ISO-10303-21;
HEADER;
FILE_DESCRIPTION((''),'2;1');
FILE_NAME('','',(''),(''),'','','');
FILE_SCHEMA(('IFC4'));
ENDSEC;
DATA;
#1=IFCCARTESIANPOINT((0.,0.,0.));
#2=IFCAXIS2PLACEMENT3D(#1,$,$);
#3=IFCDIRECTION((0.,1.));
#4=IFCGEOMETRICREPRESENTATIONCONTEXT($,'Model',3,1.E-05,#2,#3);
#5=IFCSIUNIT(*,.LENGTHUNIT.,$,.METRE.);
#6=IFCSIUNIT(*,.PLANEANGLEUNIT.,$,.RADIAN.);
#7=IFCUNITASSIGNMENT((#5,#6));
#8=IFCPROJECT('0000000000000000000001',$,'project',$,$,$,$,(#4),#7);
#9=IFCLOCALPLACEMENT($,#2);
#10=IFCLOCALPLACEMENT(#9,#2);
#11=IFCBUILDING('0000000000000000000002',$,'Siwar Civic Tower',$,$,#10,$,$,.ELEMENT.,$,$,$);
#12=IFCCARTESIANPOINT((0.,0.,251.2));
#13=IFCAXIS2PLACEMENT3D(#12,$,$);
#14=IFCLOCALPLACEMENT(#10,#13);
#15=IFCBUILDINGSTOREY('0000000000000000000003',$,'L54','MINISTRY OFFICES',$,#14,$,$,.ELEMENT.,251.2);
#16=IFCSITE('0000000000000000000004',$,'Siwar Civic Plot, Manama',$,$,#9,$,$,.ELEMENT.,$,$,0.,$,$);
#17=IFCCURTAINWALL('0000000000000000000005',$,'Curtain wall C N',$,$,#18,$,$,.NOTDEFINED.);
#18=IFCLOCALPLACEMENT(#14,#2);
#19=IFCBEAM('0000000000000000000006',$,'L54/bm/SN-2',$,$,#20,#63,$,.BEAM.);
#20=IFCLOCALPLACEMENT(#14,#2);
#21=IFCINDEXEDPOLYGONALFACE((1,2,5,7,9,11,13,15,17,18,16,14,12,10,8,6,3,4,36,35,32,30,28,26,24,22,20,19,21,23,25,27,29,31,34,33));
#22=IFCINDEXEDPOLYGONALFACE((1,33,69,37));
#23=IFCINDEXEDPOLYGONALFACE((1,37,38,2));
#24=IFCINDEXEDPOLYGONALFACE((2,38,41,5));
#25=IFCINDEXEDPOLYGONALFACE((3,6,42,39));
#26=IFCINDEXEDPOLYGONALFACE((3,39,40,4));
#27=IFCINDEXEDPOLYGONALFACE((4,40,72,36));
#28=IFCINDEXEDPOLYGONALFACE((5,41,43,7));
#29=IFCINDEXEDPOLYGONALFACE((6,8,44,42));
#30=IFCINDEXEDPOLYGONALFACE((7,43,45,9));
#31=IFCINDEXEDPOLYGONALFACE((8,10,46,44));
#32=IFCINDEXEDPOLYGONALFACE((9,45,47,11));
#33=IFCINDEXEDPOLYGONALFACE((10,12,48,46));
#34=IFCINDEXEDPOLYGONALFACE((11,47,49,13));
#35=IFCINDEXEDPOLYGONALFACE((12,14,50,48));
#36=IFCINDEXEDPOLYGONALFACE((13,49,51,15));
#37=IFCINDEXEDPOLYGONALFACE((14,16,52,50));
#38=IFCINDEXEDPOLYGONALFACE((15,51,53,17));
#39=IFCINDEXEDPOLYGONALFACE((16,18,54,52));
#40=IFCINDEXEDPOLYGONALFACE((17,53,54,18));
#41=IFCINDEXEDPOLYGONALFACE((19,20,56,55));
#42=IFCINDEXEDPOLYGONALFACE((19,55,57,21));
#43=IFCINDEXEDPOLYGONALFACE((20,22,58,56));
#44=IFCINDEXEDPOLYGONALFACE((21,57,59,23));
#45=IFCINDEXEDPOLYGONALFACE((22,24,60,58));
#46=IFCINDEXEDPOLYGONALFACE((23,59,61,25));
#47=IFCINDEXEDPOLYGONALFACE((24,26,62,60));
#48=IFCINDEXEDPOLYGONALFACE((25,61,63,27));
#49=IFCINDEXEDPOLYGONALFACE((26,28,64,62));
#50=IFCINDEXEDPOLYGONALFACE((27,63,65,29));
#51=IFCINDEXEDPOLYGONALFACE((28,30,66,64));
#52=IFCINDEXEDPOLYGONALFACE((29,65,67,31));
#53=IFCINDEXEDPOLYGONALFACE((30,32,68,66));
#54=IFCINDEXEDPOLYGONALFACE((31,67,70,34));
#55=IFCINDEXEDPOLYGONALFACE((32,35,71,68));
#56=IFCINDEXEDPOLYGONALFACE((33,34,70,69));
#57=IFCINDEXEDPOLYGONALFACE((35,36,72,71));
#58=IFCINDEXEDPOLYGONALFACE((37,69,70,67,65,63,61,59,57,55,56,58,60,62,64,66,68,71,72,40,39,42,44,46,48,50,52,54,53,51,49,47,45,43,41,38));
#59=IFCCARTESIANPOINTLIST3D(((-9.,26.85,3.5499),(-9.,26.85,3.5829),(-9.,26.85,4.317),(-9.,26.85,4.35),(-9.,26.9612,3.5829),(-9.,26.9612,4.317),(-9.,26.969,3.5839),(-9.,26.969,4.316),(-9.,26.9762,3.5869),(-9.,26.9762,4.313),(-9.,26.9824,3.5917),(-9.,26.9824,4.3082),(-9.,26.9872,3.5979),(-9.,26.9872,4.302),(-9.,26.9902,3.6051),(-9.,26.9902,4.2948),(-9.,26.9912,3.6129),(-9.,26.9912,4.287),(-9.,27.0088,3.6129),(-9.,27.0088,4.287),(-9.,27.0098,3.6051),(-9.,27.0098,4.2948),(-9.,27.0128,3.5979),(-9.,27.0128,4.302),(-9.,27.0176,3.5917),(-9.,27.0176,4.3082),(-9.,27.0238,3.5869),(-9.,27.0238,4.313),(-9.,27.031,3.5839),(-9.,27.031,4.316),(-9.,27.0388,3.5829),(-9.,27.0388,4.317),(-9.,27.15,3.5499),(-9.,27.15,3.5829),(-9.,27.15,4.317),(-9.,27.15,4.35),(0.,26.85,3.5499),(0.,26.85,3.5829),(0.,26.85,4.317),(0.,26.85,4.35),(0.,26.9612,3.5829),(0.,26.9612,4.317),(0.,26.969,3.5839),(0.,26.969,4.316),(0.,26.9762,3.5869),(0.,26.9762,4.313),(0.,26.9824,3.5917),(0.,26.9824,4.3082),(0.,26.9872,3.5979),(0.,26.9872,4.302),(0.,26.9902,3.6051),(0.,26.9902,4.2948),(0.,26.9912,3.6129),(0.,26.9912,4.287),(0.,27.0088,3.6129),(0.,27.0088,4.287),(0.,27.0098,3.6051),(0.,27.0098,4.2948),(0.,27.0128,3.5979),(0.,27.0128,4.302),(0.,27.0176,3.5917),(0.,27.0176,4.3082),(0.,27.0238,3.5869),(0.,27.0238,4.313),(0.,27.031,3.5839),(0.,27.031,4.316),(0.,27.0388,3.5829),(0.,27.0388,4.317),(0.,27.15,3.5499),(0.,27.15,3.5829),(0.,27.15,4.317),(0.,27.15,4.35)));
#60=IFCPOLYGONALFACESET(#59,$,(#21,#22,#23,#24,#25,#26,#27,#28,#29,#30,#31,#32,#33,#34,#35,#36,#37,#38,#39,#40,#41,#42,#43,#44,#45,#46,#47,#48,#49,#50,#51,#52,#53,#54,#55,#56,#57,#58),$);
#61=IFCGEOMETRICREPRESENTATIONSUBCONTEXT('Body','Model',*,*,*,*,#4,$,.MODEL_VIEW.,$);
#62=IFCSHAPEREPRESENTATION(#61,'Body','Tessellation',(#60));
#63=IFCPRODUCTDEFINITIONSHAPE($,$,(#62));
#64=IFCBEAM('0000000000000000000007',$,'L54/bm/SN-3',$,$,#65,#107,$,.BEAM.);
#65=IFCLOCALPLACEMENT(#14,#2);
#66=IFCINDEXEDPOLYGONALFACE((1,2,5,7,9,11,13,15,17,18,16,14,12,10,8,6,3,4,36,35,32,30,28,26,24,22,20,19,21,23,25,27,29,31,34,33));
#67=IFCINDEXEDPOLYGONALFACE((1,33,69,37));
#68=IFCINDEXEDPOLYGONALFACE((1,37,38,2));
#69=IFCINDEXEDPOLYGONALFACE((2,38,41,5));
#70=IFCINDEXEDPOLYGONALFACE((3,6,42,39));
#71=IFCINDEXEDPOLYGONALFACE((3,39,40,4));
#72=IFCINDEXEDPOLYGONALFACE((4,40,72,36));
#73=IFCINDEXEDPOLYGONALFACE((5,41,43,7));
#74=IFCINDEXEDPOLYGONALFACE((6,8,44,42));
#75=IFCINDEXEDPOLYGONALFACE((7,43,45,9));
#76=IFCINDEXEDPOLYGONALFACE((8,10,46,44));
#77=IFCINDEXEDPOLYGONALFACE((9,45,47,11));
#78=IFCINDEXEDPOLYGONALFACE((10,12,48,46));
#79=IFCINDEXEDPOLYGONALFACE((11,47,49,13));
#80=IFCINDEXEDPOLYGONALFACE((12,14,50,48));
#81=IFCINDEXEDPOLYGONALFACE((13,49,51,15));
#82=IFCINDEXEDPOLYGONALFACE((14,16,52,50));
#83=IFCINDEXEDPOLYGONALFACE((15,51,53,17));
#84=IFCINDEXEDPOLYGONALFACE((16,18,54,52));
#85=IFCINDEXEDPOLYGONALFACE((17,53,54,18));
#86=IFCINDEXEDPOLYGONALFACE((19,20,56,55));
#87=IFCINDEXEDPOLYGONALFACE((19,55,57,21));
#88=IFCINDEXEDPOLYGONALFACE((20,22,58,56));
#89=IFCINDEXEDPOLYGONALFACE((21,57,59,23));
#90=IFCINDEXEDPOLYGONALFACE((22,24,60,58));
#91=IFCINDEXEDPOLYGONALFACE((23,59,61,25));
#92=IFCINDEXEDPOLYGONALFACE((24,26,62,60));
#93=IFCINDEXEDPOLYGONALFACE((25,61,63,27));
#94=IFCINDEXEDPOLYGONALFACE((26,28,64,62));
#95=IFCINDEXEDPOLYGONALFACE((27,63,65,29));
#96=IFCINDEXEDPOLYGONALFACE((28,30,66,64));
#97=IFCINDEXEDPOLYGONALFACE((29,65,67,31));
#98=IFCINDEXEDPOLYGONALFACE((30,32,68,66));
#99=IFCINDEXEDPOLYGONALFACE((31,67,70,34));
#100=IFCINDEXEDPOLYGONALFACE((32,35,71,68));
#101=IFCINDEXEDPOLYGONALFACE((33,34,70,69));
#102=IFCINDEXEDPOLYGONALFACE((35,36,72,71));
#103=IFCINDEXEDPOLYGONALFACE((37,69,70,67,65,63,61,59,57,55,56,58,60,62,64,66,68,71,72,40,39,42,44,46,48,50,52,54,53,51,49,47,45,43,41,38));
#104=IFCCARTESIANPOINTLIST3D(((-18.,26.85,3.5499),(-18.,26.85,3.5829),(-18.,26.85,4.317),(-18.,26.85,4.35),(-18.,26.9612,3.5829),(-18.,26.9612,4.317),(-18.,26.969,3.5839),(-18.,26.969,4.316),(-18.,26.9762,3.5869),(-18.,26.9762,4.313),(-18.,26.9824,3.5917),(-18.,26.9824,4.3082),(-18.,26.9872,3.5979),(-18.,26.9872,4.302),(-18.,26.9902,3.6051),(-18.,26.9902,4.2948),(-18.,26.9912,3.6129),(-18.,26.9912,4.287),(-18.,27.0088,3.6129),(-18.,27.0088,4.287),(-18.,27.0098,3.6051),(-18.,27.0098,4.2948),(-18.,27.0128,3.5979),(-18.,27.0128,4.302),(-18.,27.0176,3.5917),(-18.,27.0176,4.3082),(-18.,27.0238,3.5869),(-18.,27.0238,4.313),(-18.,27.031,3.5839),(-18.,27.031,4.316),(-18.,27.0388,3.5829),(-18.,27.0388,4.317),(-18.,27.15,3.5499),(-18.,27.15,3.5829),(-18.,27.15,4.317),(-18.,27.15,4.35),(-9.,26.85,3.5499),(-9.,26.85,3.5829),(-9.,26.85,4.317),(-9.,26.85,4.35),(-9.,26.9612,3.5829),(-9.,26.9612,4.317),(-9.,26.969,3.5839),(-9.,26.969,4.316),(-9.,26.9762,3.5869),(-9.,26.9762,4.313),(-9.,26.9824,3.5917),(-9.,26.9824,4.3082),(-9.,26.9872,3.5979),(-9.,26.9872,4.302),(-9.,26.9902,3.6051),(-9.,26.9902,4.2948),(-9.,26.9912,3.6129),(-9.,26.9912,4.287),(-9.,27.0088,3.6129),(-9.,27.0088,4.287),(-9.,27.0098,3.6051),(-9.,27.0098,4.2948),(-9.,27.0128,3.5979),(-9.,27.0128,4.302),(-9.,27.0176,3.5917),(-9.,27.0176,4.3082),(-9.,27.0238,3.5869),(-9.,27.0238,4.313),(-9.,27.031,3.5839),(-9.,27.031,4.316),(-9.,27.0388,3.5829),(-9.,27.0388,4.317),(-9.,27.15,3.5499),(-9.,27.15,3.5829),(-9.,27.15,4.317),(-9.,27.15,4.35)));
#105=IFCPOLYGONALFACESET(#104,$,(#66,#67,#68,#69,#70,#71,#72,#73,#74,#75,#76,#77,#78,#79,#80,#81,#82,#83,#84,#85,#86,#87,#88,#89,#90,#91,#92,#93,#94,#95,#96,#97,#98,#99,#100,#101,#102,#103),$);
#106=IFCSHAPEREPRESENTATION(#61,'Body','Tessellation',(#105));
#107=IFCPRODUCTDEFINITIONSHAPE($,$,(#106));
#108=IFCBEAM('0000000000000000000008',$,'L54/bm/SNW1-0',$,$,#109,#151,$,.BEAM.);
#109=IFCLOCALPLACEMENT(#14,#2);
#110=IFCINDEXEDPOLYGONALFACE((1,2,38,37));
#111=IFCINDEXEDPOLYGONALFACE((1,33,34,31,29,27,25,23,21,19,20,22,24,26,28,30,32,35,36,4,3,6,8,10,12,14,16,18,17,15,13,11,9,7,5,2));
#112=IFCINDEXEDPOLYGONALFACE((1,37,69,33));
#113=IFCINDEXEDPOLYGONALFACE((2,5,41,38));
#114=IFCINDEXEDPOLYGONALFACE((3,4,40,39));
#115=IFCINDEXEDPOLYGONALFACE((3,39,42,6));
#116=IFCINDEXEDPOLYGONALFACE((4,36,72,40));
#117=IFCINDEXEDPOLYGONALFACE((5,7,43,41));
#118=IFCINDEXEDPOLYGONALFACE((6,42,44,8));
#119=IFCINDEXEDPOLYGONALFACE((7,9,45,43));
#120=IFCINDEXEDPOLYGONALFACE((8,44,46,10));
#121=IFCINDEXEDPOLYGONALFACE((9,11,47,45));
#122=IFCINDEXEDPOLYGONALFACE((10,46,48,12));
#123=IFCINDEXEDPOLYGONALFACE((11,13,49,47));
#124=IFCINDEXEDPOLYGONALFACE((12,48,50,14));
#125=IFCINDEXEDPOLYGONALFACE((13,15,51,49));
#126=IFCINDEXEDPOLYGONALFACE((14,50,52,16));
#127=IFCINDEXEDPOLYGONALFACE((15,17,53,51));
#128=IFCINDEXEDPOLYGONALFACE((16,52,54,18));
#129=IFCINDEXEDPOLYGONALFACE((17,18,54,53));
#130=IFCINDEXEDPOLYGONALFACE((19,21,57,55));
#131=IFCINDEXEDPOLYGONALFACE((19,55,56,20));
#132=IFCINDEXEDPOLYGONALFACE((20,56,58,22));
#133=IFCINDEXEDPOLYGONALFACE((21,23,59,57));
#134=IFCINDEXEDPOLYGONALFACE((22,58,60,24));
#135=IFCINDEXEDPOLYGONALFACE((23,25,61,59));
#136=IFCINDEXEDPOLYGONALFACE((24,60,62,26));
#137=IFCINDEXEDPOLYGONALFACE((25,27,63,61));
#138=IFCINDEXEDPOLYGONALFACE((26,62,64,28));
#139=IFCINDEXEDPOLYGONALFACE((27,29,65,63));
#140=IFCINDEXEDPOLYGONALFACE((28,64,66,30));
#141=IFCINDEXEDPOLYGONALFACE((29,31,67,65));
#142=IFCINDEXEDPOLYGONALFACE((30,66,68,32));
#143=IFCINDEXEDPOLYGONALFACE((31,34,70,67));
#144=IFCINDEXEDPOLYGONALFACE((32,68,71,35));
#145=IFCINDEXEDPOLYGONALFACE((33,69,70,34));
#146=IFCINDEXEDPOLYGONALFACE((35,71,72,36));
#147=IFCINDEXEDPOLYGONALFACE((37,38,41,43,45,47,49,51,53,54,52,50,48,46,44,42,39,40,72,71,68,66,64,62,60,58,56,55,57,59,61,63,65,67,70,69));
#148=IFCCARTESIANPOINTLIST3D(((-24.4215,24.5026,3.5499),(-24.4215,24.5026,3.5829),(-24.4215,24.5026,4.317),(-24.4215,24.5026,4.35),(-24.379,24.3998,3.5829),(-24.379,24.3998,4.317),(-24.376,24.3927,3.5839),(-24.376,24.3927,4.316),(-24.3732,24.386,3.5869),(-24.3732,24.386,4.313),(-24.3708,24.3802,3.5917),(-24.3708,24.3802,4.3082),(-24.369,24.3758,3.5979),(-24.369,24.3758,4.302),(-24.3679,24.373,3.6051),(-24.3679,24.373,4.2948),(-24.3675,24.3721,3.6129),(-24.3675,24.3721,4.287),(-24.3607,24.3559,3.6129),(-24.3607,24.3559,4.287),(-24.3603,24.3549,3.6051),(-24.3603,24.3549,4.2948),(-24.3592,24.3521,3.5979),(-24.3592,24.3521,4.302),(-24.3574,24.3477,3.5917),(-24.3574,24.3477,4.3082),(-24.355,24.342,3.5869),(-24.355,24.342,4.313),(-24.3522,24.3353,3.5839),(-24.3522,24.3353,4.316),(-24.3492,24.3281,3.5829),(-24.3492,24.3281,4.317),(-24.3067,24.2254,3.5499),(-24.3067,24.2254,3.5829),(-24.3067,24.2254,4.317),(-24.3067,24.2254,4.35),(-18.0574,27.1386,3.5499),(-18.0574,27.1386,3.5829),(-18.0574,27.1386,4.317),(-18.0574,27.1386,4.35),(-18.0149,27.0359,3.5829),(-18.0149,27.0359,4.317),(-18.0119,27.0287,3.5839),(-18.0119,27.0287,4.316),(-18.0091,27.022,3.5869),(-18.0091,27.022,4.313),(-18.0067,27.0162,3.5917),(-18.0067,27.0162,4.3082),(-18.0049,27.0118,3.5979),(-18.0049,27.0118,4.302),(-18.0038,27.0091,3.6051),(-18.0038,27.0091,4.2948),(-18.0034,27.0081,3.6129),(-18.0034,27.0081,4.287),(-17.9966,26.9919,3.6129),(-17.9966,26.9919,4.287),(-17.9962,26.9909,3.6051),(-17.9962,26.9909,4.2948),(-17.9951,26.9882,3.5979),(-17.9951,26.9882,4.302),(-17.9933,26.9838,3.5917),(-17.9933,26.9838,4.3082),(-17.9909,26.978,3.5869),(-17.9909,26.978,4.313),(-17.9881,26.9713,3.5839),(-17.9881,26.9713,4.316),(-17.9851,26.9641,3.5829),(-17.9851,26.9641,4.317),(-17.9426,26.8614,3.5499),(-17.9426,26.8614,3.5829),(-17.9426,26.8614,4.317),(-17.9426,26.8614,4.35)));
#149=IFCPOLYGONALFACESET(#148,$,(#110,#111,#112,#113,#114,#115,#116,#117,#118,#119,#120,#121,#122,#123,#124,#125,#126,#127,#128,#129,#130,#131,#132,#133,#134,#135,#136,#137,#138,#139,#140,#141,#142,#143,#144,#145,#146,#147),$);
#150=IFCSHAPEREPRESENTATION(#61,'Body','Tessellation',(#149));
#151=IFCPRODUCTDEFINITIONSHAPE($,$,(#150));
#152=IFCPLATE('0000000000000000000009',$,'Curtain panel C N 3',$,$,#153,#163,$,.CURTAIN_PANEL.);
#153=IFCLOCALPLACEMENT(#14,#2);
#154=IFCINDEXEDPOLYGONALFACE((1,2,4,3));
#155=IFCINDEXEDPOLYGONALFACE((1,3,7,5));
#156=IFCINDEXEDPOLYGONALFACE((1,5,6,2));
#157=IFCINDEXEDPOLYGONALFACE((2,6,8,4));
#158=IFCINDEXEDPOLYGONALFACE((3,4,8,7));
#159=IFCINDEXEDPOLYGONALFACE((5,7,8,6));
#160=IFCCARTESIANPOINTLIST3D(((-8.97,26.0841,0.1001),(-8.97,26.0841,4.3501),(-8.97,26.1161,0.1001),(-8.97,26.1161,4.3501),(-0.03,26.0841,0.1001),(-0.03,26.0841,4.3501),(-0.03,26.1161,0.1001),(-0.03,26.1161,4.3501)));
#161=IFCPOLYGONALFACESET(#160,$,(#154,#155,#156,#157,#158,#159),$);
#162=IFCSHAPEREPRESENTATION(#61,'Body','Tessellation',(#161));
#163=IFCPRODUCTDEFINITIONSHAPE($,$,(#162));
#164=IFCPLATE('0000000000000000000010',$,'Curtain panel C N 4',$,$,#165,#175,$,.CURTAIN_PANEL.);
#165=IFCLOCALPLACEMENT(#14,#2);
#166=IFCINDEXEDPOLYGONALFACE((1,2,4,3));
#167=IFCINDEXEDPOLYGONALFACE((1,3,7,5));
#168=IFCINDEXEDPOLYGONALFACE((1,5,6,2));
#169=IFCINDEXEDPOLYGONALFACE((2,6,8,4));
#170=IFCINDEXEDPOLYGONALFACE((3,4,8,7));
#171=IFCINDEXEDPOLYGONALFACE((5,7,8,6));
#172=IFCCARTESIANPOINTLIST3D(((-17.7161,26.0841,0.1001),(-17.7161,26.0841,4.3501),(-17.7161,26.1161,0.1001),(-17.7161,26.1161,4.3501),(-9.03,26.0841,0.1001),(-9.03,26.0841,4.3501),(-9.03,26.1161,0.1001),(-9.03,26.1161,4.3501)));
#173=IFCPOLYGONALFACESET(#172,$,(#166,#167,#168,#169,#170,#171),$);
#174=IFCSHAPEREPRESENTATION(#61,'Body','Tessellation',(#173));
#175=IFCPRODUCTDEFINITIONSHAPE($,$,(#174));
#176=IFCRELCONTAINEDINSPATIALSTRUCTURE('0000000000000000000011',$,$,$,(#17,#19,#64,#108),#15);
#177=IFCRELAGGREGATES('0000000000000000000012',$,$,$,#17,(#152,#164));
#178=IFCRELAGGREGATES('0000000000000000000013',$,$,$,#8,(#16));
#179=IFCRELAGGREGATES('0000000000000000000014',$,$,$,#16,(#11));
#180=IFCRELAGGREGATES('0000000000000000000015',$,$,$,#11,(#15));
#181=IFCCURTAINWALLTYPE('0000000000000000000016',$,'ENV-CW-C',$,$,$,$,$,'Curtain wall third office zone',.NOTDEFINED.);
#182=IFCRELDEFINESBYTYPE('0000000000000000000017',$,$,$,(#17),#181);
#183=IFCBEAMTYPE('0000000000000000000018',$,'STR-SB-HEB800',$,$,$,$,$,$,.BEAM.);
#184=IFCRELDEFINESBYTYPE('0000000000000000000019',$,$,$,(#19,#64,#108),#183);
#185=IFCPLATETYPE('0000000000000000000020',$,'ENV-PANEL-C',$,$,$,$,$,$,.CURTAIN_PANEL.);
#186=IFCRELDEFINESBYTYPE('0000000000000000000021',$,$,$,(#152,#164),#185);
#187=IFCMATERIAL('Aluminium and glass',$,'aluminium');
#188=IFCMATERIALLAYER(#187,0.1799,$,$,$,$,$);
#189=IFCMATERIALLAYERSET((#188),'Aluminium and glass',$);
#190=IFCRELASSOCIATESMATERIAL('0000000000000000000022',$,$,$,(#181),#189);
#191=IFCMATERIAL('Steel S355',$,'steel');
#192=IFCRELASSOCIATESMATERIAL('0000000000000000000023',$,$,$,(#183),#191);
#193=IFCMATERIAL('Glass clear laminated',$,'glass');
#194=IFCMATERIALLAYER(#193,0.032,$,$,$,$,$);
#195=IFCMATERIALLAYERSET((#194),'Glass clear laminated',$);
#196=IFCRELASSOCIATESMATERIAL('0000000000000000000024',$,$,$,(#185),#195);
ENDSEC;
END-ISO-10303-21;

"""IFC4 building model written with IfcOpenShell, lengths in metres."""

from ifc_helpers import new_model, si_unit, direction, frame, origin, origin_2d, place, context, subcontext, project, spatial, rectangle, i_section, extrude, material, layer, layer_set, material_profile, profile_set, type_object, element, aggregate, save


model = new_model("IFC4")

# Units and contexts
model_context = context("Model", 3, precision=1e-05, world=origin(), true_north=direction((0.0, 1.0)))
body_context = subcontext(model_context, "Body", "Model", "MODEL_VIEW")
ifc_project = project(units=[si_unit("LENGTHUNIT", "METRE"), si_unit("PLANEANGLEUNIT", "RADIAN")], contexts=[model_context])

# Site, building, storey
site_placement = place(None, origin())
site = spatial("IfcSite", under=ifc_project, at=site_placement, Name="Siwar Civic Plot, Manama", CompositionType="ELEMENT", RefElevation=0.0)
building_placement = place(site_placement, origin())
building = spatial("IfcBuilding", under=site, at=building_placement, Name="Siwar Civic Tower", CompositionType="ELEMENT")
storey_placement = place(building_placement, frame((0.0, 0.0, 251.2)))
storey = spatial("IfcBuildingStorey", under=building, at=storey_placement, Name="L54", Description="MINISTRY OFFICES", CompositionType="ELEMENT", Elevation=251.2)

# Curtain wall
ifc_material_1 = material(Name="Aluminium and glass", Category="aluminium")
ifc_layer_1 = layer(ifc_material_1, 0.1799)
ifc_layer_set_1 = layer_set([ifc_layer_1], Name="Aluminium and glass")
curtain_wall_type_1 = type_object("IfcCurtainWallType", Name="ENV-CW-C", ElementType="Curtain wall third office zone", PredefinedType="NOTDEFINED", material=ifc_layer_set_1)
curtain_wall_1_placement = place(storey_placement, origin())
curtain_wall_1 = element("IfcCurtainWall", 1, at=curtain_wall_1_placement, inside=storey, type_object=curtain_wall_type_1, Name="Curtain wall C N", PredefinedType="NOTDEFINED")

# Beams
ifc_material_2 = material(Name="Steel S355", Category="steel")
ifc_material_profile_1 = material_profile(ifc_material_2, i_section(OverallWidth=0.3, OverallDepth=0.8, WebThickness=0.0176, FlangeThickness=0.033, FilletRadius=0.03, at=origin_2d()), Name="HEB800")
ifc_profile_set_1 = profile_set([ifc_material_profile_1], Name="Steel S355")
beam_type_1 = type_object("IfcBeamType", Name="STR-SB-HEB800", PredefinedType="BEAM", material=ifc_profile_set_1)
for number, where, z_axis, x_axis, name in (
    (2, (0.0, 27.0, 3.95), (-1.0, 0.0, 0.0), (0.0, -1.0, 0.0), "L54/bm/SN-2"),
    (3, (-9.0, 27.0, 3.95), (-1.0, 0.0, 0.0), (0.0, -1.0, 0.0), "L54/bm/SN-3"),
):
    element("IfcBeam", number, at=place(storey_placement, frame(where, z_axis=z_axis, x_axis=x_axis)), inside=storey, type_object=beam_type_1, Name=name, PredefinedType="BEAM", context=body_context, shape_type="SweptSolid", body=[
        extrude(i_section(OverallWidth=0.3, OverallDepth=0.8, WebThickness=0.0176, FlangeThickness=0.033, FilletRadius=0.03, at=origin_2d()), origin(), (0.0, 0.0, 1.0), 9.0),
    ])
beam_placement = place(storey_placement, frame((-18.0, 27.0, 3.95), z_axis=(-0.923883, -0.382674, 0.0), x_axis=(0.382674, -0.923883, 0.0)))
element("IfcBeam", 4, at=beam_placement, inside=storey, type_object=beam_type_1, Name="L54/bm/SNW1-0", PredefinedType="BEAM", context=body_context, shape_type="SweptSolid", body=[
    extrude(i_section(OverallWidth=0.3, OverallDepth=0.8, WebThickness=0.0176, FlangeThickness=0.033, FilletRadius=0.03, at=origin_2d()), origin(), (0.0, 0.0, 1.0), 6.8884),
])

# Plates
ifc_material_3 = material(Name="Glass clear laminated", Category="glass")
ifc_layer_2 = layer(ifc_material_3, 0.032)
ifc_layer_set_2 = layer_set([ifc_layer_2], Name="Glass clear laminated")
plate_type = type_object("IfcPlateType", Name="ENV-PANEL-C", PredefinedType="CURTAIN_PANEL", material=ifc_layer_set_2)
plate_1_placement = place(storey_placement, frame((-4.5, 26.1001, 0.1001), z_axis=(0.0, 0.0, 1.0), x_axis=(-1.0, 0.0, 0.0)))
plate_1 = element("IfcPlate", 5, at=plate_1_placement, type_object=plate_type, Name="Curtain panel C N 3", PredefinedType="CURTAIN_PANEL", context=body_context, shape_type="SweptSolid", body=[
    extrude(rectangle(XDim=8.9399, YDim=0.032, at=origin_2d()), origin(), (0.0, 0.0, 1.0), 4.25),
])
plate_2_placement = place(storey_placement, frame((-13.373, 26.1001, 0.1001), z_axis=(0.0, 0.0, 1.0), x_axis=(-1.0, 0.0, 0.0)))
plate_2 = element("IfcPlate", 6, at=plate_2_placement, type_object=plate_type, Name="Curtain panel C N 4", PredefinedType="CURTAIN_PANEL", context=body_context, shape_type="SweptSolid", body=[
    extrude(rectangle(XDim=8.686, YDim=0.032, at=origin_2d()), origin(), (0.0, 0.0, 1.0), 4.25),
])
aggregate(curtain_wall_1, [plate_1, plate_2])

save(model, "model.ifc")
